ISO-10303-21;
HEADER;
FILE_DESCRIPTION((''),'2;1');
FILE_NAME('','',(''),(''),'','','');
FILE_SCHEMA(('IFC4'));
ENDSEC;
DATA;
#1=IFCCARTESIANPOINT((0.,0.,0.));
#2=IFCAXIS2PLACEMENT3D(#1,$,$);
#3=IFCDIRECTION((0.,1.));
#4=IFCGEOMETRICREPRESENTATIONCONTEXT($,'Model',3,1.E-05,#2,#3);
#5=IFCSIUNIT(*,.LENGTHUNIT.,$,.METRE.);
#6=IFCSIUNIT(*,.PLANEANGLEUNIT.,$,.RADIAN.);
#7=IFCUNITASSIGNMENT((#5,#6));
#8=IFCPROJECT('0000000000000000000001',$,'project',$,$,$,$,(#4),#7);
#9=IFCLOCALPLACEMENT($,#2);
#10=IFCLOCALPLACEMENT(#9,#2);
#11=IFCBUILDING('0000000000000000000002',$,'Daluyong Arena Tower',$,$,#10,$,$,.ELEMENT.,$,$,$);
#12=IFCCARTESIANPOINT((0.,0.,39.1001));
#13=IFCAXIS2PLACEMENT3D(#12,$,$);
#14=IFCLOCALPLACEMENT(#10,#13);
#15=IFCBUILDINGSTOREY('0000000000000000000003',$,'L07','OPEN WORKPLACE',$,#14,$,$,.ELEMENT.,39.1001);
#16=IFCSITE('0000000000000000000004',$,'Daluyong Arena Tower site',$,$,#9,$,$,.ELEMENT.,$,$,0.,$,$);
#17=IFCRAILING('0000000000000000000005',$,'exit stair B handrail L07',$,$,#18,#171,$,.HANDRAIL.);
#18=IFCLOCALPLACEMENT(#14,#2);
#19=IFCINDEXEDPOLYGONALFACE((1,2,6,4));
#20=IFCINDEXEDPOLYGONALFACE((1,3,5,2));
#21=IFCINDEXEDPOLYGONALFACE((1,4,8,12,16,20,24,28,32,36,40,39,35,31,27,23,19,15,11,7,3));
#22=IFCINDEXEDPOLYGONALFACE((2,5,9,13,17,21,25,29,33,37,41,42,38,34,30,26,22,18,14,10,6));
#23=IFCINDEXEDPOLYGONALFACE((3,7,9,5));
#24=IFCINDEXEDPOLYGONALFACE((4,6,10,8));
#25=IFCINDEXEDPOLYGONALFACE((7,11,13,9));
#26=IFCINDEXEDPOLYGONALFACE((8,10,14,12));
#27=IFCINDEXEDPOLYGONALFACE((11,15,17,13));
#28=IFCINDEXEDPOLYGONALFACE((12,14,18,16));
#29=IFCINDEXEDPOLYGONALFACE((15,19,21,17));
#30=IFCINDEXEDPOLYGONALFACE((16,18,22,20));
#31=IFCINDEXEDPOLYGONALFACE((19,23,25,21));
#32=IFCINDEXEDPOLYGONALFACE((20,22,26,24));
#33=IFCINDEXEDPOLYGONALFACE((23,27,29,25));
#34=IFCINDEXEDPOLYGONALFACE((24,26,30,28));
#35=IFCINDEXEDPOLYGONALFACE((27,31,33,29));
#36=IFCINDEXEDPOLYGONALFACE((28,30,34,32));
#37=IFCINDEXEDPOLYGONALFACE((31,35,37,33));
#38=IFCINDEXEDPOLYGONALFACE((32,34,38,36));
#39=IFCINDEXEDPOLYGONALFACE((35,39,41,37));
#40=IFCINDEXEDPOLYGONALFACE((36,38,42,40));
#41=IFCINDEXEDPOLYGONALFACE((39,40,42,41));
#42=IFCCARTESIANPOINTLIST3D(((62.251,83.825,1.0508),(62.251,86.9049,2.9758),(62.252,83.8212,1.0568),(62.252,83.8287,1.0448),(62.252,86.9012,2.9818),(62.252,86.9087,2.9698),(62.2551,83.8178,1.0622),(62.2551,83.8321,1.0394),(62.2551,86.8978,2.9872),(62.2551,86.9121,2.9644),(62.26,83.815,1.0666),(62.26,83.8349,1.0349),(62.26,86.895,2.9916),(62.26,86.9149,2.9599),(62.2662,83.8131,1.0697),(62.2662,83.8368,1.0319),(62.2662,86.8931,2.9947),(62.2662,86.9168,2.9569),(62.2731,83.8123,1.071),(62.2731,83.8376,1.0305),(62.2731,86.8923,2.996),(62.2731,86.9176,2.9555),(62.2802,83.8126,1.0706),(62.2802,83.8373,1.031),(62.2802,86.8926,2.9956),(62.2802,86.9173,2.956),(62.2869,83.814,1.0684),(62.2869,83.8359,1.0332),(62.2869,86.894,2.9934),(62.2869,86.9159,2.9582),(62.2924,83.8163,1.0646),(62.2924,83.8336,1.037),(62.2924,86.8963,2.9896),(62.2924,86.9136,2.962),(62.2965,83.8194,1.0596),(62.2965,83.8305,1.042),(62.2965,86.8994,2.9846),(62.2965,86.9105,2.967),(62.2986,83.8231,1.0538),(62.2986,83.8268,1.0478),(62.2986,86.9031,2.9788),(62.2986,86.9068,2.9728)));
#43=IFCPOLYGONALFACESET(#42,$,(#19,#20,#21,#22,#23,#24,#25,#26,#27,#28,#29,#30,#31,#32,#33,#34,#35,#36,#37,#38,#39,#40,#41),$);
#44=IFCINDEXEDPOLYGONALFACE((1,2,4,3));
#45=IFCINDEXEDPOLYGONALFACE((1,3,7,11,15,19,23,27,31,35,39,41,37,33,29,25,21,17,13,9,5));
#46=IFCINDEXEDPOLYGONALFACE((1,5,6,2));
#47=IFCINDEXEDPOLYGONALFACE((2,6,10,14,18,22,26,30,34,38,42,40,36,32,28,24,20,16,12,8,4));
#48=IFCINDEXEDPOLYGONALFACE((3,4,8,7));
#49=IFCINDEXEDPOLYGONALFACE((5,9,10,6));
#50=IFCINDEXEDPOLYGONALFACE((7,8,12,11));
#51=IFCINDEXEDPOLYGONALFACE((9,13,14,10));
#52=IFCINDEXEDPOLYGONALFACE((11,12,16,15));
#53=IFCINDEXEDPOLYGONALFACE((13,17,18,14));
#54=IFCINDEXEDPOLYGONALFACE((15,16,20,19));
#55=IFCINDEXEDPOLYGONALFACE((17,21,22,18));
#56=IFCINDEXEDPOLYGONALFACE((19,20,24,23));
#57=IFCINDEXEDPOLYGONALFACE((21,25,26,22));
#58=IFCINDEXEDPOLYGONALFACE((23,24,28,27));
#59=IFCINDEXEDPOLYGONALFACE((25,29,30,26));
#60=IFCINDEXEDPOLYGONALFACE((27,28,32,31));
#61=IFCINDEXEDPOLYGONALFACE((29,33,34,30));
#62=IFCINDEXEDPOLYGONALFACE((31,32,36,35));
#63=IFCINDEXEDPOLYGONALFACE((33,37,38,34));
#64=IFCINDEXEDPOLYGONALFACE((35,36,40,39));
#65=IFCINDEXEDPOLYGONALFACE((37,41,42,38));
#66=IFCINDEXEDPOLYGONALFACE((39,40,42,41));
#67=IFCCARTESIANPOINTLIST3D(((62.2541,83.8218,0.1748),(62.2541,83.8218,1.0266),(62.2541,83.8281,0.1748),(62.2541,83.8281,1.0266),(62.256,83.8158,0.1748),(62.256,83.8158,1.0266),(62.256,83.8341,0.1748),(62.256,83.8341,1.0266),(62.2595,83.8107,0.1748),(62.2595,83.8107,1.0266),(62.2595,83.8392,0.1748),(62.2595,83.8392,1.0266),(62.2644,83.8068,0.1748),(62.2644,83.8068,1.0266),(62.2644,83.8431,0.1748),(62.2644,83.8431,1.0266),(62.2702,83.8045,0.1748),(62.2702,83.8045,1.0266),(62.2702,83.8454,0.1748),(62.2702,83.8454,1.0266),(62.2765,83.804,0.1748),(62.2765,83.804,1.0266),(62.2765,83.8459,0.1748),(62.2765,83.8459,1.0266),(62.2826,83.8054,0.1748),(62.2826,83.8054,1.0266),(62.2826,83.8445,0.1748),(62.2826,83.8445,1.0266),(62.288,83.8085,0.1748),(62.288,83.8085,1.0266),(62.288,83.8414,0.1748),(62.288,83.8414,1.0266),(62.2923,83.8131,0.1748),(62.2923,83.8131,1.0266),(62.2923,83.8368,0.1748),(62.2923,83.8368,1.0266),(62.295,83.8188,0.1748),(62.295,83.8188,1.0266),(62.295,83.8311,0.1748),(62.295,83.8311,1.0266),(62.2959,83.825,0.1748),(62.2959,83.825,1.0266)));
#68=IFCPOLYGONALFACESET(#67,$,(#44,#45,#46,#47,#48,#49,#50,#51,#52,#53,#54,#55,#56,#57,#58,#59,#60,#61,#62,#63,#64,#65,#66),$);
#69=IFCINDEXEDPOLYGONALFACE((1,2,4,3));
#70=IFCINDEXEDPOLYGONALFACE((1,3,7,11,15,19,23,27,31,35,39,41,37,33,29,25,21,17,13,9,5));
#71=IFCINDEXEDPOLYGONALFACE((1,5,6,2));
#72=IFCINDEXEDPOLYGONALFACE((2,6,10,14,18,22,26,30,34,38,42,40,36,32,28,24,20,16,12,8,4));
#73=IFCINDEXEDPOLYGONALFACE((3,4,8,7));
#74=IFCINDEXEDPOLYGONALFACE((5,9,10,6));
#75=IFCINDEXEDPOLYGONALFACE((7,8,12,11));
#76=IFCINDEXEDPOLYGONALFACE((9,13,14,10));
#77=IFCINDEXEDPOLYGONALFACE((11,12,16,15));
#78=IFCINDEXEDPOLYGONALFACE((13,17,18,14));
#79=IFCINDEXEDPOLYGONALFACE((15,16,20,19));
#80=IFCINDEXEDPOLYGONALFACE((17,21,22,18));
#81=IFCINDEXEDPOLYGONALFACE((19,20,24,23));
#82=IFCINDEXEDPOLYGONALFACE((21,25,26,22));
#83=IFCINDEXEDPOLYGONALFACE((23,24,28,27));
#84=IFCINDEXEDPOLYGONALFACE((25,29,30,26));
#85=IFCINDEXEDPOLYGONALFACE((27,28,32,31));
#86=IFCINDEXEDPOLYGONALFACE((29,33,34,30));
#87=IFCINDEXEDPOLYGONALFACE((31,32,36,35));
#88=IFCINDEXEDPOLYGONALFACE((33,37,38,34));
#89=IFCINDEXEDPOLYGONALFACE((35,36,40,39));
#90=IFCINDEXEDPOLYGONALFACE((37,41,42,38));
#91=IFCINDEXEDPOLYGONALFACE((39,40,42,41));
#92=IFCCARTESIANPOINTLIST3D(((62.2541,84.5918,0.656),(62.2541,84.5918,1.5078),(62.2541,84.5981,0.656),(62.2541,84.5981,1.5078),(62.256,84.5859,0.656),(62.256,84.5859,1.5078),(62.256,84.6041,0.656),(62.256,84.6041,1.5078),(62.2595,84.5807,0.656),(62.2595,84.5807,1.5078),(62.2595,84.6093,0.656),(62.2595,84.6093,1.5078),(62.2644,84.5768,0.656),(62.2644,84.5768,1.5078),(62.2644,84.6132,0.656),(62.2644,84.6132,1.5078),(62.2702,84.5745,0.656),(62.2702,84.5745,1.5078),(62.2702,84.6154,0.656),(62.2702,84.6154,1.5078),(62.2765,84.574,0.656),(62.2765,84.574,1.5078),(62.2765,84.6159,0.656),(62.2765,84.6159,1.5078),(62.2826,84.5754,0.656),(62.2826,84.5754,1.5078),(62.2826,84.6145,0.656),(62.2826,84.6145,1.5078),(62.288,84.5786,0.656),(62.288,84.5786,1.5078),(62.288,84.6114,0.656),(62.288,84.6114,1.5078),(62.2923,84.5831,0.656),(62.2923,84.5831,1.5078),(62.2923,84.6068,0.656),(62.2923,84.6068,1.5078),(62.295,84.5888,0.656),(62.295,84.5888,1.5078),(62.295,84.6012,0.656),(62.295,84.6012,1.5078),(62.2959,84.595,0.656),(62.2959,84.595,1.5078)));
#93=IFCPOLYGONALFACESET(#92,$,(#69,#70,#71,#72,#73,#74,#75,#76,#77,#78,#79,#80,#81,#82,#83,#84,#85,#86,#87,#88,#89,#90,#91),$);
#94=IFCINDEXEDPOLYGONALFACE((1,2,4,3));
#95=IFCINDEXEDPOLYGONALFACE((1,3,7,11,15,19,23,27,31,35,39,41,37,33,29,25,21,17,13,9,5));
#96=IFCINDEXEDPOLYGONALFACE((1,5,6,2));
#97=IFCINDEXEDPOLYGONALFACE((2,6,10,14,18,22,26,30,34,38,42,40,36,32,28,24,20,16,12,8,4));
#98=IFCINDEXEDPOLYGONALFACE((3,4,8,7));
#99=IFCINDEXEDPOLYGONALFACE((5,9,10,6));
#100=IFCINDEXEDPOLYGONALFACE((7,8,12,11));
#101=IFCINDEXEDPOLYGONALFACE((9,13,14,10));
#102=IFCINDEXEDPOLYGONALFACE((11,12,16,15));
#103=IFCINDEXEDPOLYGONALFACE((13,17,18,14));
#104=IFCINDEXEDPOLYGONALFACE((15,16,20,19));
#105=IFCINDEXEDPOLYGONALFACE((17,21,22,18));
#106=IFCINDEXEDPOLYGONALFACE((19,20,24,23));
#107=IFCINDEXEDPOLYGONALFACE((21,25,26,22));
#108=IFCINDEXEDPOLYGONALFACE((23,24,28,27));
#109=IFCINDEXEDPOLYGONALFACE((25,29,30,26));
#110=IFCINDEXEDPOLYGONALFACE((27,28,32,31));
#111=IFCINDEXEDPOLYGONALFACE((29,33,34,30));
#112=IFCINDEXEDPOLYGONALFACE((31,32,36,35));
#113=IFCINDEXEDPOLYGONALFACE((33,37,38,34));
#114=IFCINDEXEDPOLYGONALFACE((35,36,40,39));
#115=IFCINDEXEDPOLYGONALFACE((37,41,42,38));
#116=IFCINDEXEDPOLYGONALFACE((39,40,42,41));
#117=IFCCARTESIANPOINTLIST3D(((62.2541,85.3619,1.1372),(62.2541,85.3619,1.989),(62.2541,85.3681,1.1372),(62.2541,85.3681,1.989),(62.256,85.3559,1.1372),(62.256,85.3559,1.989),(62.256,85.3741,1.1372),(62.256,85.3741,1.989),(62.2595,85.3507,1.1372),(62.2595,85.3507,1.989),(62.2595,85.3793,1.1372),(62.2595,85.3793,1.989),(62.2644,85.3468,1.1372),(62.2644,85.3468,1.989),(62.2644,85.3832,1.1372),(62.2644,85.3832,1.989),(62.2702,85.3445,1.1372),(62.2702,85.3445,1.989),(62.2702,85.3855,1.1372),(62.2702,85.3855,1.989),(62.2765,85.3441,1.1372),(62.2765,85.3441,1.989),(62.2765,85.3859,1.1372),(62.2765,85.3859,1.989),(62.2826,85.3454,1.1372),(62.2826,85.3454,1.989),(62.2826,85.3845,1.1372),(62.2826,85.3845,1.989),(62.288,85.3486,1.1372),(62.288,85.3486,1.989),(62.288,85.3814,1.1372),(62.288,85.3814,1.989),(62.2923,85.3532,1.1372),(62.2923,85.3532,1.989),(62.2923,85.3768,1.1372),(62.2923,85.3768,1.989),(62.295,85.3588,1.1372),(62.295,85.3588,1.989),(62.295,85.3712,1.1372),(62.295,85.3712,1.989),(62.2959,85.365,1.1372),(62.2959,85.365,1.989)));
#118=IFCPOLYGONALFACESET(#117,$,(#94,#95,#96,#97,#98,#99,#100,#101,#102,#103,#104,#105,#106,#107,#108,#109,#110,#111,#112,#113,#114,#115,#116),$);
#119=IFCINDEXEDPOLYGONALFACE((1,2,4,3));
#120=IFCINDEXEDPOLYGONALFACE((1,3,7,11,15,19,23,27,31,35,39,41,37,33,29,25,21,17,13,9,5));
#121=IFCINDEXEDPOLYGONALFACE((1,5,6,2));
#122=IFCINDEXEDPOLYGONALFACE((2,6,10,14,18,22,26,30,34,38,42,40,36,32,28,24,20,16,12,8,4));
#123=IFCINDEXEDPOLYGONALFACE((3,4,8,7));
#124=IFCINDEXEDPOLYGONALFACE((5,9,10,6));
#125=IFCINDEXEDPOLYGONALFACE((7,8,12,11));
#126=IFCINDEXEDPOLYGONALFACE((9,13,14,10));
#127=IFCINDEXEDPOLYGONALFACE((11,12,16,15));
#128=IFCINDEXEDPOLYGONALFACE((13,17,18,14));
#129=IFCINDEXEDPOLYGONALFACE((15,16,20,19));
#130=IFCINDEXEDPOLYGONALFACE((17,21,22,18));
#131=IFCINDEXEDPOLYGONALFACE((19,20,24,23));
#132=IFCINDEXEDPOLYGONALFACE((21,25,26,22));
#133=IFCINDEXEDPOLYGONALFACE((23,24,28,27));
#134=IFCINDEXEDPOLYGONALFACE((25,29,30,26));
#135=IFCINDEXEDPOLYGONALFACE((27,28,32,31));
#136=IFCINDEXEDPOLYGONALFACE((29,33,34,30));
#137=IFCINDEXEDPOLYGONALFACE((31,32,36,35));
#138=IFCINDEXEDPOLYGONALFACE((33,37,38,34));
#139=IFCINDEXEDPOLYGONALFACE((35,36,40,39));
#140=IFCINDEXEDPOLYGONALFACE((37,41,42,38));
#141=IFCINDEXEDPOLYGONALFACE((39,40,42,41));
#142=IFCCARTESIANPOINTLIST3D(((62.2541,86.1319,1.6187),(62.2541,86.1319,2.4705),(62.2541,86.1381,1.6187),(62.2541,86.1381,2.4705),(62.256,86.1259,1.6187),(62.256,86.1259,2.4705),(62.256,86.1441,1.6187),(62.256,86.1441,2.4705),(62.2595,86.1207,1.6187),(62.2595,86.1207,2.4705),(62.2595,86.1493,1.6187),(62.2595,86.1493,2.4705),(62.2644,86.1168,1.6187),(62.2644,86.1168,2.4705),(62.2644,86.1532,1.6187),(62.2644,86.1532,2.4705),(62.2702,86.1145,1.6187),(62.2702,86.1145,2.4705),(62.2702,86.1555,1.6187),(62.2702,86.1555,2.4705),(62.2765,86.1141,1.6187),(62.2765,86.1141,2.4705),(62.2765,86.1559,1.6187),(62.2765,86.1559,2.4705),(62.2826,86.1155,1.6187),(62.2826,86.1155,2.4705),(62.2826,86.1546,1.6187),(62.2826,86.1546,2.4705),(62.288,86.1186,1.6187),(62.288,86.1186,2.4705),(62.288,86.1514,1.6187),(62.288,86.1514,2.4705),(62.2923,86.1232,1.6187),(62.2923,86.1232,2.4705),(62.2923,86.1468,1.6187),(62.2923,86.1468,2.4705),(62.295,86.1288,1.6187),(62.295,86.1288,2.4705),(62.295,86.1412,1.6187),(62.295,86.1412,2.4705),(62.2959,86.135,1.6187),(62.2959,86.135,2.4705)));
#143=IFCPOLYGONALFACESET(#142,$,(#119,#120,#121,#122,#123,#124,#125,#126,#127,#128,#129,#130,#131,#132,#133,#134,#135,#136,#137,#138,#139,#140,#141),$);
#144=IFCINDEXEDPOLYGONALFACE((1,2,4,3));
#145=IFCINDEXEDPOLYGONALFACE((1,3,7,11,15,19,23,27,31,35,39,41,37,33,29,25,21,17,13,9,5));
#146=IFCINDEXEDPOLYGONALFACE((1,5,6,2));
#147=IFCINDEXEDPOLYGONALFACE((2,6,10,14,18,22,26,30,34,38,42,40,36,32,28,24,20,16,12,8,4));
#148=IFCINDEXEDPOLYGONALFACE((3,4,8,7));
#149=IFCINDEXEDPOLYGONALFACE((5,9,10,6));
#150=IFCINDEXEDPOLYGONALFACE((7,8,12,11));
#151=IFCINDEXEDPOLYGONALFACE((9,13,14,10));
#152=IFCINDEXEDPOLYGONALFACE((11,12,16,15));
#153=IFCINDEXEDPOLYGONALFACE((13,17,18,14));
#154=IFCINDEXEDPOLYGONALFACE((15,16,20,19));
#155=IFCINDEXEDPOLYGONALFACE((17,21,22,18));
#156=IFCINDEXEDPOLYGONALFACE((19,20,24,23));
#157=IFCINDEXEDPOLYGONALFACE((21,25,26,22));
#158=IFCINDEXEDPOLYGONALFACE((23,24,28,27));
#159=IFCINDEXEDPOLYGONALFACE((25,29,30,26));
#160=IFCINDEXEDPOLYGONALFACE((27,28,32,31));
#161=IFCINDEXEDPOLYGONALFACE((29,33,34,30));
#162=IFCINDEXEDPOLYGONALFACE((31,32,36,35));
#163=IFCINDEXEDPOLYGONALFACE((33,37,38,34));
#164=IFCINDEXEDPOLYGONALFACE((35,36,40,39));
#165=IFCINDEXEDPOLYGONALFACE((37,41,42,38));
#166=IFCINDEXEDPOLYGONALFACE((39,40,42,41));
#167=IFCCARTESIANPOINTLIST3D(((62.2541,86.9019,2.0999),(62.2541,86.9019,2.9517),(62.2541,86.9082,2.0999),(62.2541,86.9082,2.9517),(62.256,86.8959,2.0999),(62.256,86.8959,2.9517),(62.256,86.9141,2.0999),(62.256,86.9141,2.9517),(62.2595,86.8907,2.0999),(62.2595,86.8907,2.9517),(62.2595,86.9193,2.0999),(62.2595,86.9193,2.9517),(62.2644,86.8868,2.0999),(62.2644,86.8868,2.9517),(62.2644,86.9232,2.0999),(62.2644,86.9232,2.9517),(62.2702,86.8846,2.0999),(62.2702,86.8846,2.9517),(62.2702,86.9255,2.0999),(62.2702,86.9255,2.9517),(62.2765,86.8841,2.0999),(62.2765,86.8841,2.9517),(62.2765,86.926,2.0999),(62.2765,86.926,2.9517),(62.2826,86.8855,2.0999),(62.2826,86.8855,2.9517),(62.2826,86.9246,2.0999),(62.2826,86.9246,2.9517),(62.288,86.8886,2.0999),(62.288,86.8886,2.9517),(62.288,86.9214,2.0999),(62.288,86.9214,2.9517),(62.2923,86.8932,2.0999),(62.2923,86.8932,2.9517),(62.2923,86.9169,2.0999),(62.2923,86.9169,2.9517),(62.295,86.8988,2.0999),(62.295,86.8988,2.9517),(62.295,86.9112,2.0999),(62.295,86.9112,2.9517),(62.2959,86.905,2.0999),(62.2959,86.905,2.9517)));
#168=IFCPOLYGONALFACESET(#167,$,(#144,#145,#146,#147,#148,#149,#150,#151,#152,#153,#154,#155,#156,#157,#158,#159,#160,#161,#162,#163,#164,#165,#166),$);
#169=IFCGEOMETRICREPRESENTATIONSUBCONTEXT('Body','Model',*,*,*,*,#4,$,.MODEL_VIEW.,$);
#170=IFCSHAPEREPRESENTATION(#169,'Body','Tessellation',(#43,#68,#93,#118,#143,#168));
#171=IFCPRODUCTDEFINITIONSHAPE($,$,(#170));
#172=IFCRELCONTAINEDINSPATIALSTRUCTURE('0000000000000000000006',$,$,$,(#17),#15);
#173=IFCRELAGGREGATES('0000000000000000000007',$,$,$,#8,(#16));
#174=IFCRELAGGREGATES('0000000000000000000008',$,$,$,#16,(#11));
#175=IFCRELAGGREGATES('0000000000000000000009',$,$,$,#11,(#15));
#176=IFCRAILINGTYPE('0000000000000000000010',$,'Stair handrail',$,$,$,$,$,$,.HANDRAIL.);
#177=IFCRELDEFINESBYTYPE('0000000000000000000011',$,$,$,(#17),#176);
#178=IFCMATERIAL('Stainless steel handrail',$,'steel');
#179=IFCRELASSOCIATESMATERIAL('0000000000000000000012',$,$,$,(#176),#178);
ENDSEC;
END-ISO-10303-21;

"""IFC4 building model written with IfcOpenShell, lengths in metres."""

from ifc_helpers import new_model, si_unit, direction, frame, origin, origin_2d, place, context, subcontext, project, spatial, circle, extrude, material, type_object, element, save


model = new_model("IFC4")

# Units and contexts
model_context = context("Model", 3, precision=1e-05, world=origin(), true_north=direction((0.0, 1.0)))
body_context = subcontext(model_context, "Body", "Model", "MODEL_VIEW")
ifc_project = project(units=[si_unit("LENGTHUNIT", "METRE"), si_unit("PLANEANGLEUNIT", "RADIAN")], contexts=[model_context])

# Site, building, storey
site_placement = place(None, origin())
site = spatial("IfcSite", under=ifc_project, at=site_placement, Name="Daluyong Arena Tower site", CompositionType="ELEMENT", RefElevation=0.0)
building_placement = place(site_placement, origin())
building = spatial("IfcBuilding", under=site, at=building_placement, Name="Daluyong Arena Tower", CompositionType="ELEMENT")
storey_placement = place(building_placement, frame((0.0, 0.0, 39.1001)))
storey = spatial("IfcBuildingStorey", under=building, at=storey_placement, Name="L07", Description="OPEN WORKPLACE", CompositionType="ELEMENT", Elevation=39.1001)

# Railing
ifc_material_1 = material(Name="Stainless steel handrail", Category="steel")
railing_type_1 = type_object("IfcRailingType", Name="Stair handrail", PredefinedType="HANDRAIL", material=ifc_material_1)
railing_1_placement = place(storey_placement, frame((62.2749, 83.825, 0.1748)))
element("IfcRailing", 1, at=railing_1_placement, inside=storey, type_object=railing_type_1, Name="exit stair B handrail L07", PredefinedType="HANDRAIL", context=body_context, shape_type="SweptSolid", body=[
    extrude(circle(Radius=0.0239, at=origin_2d()), frame((0.0, 0.0, 0.876), z_axis=(0.0, 0.847998, 0.529999), x_axis=(-1.0, 0.0, 0.0)), (0.0, 0.0, 1.0), 3.6321),
    extrude(circle(Radius=0.021, at=origin_2d()), origin(), (0.0, 0.0, 1.0), 0.8518),
    extrude(circle(Radius=0.021, at=origin_2d()), frame((0.0, 0.77, 0.4812)), (0.0, 0.0, 1.0), 0.8518),
    extrude(circle(Radius=0.021, at=origin_2d()), frame((0.0, 1.54, 0.9624)), (0.0, 0.0, 1.0), 0.8518),
    extrude(circle(Radius=0.021, at=origin_2d()), frame((0.0, 2.3101, 1.4438)), (0.0, 0.0, 1.0), 0.8518),
    extrude(circle(Radius=0.021, at=origin_2d()), frame((0.0, 3.0801, 1.925)), (0.0, 0.0, 1.0), 0.8518),
])

save(model, "model.ifc")
